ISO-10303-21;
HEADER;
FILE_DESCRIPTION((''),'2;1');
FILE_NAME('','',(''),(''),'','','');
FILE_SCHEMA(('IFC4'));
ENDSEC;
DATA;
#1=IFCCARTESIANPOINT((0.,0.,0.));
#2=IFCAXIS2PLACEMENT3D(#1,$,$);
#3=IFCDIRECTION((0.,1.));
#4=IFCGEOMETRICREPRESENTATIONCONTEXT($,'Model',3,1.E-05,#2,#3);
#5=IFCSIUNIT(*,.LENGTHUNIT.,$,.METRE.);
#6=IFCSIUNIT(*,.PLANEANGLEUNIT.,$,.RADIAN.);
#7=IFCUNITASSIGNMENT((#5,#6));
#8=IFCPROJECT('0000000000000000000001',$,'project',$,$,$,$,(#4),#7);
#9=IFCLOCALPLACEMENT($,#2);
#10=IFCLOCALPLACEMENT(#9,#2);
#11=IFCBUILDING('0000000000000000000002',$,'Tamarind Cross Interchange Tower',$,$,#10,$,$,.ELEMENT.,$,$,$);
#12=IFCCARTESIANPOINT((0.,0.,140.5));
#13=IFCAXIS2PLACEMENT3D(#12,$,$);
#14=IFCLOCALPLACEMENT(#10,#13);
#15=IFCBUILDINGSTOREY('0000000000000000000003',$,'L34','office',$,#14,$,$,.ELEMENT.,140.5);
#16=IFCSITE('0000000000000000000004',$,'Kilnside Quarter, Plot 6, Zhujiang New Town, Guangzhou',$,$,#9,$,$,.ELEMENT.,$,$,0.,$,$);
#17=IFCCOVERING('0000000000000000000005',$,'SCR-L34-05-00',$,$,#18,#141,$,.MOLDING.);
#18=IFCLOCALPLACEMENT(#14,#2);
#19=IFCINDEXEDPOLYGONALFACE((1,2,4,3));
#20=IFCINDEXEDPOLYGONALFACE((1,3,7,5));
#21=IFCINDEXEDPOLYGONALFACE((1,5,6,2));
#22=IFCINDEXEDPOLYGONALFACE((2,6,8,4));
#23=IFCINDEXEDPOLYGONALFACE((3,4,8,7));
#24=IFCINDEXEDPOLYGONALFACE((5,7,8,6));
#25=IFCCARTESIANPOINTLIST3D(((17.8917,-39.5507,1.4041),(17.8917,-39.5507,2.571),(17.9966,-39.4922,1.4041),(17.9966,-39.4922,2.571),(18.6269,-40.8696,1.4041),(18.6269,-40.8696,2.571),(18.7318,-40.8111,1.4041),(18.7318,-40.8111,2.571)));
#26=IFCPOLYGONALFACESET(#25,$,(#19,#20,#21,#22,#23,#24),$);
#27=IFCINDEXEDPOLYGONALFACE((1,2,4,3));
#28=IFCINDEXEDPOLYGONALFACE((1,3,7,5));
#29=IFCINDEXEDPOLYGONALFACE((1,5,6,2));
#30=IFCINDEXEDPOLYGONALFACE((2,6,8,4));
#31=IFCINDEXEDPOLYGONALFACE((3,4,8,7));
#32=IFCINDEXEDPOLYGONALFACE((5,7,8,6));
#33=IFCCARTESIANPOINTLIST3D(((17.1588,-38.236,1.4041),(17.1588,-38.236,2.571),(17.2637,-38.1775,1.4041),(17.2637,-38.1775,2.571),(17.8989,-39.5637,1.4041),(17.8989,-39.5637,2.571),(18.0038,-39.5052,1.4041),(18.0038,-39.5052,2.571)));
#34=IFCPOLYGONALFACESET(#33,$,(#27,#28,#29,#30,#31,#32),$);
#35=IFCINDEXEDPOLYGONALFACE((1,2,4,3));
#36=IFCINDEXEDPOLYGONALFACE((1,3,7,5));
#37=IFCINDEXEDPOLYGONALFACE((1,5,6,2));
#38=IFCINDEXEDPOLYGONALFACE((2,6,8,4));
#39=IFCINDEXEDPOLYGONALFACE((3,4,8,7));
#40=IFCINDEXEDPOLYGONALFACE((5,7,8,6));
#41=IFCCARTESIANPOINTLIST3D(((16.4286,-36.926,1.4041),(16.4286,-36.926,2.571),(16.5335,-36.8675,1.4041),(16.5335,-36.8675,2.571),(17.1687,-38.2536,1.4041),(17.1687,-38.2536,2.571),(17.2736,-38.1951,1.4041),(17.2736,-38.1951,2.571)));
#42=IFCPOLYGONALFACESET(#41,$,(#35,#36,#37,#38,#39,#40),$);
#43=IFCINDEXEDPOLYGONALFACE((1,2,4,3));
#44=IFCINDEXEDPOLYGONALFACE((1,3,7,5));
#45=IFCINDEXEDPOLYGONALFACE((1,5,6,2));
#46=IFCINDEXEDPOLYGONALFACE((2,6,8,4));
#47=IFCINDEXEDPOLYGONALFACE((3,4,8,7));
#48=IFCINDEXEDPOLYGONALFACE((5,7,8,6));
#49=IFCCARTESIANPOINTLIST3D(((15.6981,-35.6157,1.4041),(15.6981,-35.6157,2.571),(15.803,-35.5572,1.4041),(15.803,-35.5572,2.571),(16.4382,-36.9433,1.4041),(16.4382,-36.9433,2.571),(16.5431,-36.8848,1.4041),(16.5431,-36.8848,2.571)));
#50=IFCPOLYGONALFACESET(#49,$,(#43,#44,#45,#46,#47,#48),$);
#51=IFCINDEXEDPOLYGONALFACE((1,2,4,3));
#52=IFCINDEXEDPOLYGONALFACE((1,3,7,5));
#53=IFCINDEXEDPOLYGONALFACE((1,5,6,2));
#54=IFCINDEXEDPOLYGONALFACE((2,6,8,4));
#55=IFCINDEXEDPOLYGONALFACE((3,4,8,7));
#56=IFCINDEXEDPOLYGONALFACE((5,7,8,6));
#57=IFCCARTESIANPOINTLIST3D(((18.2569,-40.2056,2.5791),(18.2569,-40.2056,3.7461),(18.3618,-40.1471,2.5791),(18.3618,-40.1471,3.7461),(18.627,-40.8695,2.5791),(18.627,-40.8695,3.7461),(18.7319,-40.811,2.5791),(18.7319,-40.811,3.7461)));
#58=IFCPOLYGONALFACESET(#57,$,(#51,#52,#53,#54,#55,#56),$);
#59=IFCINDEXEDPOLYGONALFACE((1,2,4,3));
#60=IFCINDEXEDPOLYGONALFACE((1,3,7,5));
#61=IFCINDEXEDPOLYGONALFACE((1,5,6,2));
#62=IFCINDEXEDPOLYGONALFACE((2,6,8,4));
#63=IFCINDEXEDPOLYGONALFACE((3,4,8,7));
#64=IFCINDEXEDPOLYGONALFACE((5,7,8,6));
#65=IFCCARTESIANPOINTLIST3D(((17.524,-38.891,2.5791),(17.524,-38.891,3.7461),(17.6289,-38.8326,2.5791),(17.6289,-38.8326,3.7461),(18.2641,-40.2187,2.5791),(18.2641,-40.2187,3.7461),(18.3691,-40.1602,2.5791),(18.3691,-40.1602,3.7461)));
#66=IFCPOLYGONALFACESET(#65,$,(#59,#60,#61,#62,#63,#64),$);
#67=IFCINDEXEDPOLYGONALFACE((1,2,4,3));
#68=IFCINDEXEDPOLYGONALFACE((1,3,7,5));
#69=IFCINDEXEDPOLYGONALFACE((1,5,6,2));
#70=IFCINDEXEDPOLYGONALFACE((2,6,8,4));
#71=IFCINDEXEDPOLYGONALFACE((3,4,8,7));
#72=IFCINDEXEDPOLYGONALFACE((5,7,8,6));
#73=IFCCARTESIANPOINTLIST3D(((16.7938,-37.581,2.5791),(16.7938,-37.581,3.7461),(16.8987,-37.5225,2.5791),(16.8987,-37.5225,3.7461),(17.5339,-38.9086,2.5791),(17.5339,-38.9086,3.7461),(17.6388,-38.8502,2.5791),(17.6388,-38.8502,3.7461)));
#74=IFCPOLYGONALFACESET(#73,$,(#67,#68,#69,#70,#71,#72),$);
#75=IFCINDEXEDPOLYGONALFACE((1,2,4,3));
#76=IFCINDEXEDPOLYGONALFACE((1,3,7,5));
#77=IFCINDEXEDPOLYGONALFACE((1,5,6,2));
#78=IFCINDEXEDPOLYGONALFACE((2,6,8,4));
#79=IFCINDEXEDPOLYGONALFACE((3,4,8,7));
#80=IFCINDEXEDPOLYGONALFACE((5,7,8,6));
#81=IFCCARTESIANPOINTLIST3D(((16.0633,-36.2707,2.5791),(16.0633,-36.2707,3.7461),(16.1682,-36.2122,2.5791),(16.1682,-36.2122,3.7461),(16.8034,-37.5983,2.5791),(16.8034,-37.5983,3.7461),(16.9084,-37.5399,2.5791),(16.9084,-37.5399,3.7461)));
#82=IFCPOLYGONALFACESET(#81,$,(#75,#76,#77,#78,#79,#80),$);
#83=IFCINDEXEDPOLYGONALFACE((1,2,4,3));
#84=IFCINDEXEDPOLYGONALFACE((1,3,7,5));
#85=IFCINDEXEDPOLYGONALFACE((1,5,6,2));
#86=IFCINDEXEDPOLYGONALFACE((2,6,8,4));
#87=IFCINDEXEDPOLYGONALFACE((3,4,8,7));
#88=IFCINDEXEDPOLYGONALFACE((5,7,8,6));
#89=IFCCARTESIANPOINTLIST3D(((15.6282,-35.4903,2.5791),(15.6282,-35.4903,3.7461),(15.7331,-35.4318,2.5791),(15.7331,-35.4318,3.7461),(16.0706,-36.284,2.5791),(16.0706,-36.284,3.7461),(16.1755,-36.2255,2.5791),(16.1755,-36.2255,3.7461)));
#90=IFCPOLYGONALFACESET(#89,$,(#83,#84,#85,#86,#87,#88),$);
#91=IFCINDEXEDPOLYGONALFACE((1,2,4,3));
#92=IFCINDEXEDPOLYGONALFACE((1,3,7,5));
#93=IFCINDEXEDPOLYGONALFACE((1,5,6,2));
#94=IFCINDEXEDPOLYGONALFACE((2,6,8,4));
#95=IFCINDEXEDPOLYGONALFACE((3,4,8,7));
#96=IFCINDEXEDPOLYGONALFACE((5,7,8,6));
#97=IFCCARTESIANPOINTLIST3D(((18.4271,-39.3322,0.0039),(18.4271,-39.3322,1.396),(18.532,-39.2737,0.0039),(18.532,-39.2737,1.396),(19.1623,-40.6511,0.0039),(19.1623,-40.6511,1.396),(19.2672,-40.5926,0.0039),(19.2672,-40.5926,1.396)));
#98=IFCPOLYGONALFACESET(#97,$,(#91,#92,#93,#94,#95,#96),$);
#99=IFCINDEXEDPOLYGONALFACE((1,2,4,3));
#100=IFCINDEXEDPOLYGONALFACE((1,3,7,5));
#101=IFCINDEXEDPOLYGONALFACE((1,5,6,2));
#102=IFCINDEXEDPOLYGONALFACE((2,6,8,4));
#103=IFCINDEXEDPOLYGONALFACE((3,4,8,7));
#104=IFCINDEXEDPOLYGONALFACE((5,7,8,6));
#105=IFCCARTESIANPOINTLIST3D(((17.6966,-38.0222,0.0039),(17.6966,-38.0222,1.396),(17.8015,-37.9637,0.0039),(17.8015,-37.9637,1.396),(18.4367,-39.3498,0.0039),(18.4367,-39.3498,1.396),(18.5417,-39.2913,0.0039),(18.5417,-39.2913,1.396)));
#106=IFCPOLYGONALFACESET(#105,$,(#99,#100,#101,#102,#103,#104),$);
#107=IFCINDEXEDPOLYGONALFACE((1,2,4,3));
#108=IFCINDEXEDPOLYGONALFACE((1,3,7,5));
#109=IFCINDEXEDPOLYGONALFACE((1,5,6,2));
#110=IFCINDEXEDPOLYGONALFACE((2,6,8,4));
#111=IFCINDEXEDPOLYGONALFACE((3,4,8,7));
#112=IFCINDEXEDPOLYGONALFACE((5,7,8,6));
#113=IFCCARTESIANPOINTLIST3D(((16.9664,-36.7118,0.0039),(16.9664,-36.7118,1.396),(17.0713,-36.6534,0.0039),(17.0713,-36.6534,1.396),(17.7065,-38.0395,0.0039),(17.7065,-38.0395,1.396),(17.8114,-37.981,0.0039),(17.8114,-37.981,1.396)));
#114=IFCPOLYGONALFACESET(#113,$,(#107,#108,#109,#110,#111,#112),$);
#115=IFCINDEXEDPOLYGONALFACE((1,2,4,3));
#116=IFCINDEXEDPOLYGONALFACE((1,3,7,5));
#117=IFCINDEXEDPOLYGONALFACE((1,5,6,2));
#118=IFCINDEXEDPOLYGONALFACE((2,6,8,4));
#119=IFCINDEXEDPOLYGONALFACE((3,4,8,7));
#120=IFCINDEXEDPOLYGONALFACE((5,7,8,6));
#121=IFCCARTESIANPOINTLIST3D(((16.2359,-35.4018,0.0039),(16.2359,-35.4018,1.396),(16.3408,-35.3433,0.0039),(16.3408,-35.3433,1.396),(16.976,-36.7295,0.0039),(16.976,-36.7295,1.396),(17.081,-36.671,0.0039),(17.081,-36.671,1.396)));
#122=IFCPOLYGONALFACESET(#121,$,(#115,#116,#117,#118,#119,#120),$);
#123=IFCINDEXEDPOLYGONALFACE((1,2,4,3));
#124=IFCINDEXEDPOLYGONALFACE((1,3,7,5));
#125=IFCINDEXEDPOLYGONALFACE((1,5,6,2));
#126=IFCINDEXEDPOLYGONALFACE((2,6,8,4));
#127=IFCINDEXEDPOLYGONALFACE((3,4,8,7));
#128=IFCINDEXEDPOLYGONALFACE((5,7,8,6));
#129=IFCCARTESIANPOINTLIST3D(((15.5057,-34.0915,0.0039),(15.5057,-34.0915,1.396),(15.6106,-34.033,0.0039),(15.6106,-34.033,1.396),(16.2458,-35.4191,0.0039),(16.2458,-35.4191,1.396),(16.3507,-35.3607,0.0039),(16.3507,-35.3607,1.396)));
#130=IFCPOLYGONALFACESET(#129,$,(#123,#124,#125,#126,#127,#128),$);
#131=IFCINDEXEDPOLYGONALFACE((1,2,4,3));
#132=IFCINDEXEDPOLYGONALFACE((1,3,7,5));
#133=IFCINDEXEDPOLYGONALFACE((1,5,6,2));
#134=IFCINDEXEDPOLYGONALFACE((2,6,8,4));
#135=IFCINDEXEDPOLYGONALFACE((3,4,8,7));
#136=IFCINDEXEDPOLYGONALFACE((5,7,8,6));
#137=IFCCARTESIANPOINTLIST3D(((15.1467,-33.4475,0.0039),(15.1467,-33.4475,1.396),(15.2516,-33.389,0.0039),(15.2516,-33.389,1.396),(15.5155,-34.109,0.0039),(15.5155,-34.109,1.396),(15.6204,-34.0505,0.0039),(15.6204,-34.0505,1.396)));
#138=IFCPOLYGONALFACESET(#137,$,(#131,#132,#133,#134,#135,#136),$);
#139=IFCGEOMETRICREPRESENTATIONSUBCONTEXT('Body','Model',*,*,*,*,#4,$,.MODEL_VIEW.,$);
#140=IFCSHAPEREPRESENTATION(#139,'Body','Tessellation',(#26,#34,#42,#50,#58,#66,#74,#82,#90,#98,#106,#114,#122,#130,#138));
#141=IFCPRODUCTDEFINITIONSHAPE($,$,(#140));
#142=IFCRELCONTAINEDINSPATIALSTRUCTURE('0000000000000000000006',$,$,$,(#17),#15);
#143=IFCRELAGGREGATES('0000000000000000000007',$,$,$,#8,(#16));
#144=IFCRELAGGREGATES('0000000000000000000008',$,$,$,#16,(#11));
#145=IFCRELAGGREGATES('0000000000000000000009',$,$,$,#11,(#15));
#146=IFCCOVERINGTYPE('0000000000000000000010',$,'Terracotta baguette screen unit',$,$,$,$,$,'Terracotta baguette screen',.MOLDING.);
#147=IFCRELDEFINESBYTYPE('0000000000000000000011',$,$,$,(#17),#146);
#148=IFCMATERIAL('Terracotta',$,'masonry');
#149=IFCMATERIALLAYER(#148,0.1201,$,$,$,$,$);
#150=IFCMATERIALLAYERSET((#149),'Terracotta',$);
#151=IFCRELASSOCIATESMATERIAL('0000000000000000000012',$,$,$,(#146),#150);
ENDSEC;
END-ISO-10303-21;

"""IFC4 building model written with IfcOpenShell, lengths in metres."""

from ifc_helpers import new_model, si_unit, direction, frame, origin, origin_2d, place, context, subcontext, project, spatial, rectangle, extrude, material, layer, layer_set, type_object, element, save


model = new_model("IFC4")

# Units and contexts
model_context = context("Model", 3, precision=1e-05, world=origin(), true_north=direction((0.0, 1.0)))
body_context = subcontext(model_context, "Body", "Model", "MODEL_VIEW")
ifc_project = project(units=[si_unit("LENGTHUNIT", "METRE"), si_unit("PLANEANGLEUNIT", "RADIAN")], contexts=[model_context])

# Site, building, storey
site_placement = place(None, origin())
site = spatial("IfcSite", under=ifc_project, at=site_placement, Name="Kilnside Quarter, Plot 6, Zhujiang New Town, Guangzhou", CompositionType="ELEMENT", RefElevation=0.0)
building_placement = place(site_placement, origin())
building = spatial("IfcBuilding", under=site, at=building_placement, Name="Tamarind Cross Interchange Tower", CompositionType="ELEMENT")
storey_placement = place(building_placement, frame((0.0, 0.0, 140.5)))
storey = spatial("IfcBuildingStorey", under=building, at=storey_placement, Name="L34", Description="office", CompositionType="ELEMENT", Elevation=140.5)

# Covering
ifc_material_1 = material(Name="Terracotta", Category="masonry")
ifc_layer_1 = layer(ifc_material_1, 0.1201)
ifc_layer_set_1 = layer_set([ifc_layer_1], Name="Terracotta")
covering_type = type_object("IfcCoveringType", Name="Terracotta baguette screen unit", ElementType="Terracotta baguette screen", PredefinedType="MOLDING", material=ifc_layer_set_1)
covering_1_placement = place(storey_placement, origin())
element("IfcCovering", 1, at=covering_1_placement, inside=storey, type_object=covering_type, Name="SCR-L34-05-00", PredefinedType="MOLDING", context=body_context, shape_type="SweptSolid", body=[
    extrude(rectangle(XDim=1.51, YDim=0.1201, at=origin_2d()), frame((18.3118, -40.1809, 1.4041), z_axis=(0.0, 0.0, 1.0), x_axis=(-0.486915, 0.87345, 0.0)), (0.0, 0.0, 1.0), 1.167),
    extrude(rectangle(XDim=1.52, YDim=0.1201, at=origin_2d()), frame((17.5813, -38.8706, 1.4041), z_axis=(0.0, 0.0, 1.0), x_axis=(-0.486915, 0.87345, 0.0)), (0.0, 0.0, 1.0), 1.167),
    extrude(rectangle(XDim=1.52, YDim=0.1201, at=origin_2d()), frame((16.8511, -37.5605, 1.4041), z_axis=(0.0, 0.0, 1.0), x_axis=(-0.486915, 0.87345, 0.0)), (0.0, 0.0, 1.0), 1.167),
    extrude(rectangle(XDim=1.52, YDim=0.1201, at=origin_2d()), frame((16.1206, -36.2502, 1.4041), z_axis=(0.0, 0.0, 1.0), x_axis=(-0.486915, 0.87345, 0.0)), (0.0, 0.0, 1.0), 1.167),
    extrude(rectangle(XDim=0.76, YDim=0.1201, at=origin_2d()), frame((18.4944, -40.5083, 2.5791), z_axis=(0.0, 0.0, 1.0), x_axis=(-0.486915, 0.87345, 0.0)), (0.0, 0.0, 1.0), 1.167),
    extrude(rectangle(XDim=1.52, YDim=0.1201, at=origin_2d()), frame((17.9465, -39.5256, 2.5791), z_axis=(0.0, 0.0, 1.0), x_axis=(-0.486915, 0.87345, 0.0)), (0.0, 0.0, 1.0), 1.167),
    extrude(rectangle(XDim=1.52, YDim=0.1201, at=origin_2d()), frame((17.2163, -38.2156, 2.5791), z_axis=(0.0, 0.0, 1.0), x_axis=(-0.486915, 0.87345, 0.0)), (0.0, 0.0, 1.0), 1.167),
    extrude(rectangle(XDim=1.52, YDim=0.1201, at=origin_2d()), frame((16.4858, -36.9053, 2.5791), z_axis=(0.0, 0.0, 1.0), x_axis=(-0.486915, 0.87345, 0.0)), (0.0, 0.0, 1.0), 1.167),
    extrude(rectangle(XDim=0.9087, YDim=0.1201, at=origin_2d()), frame((15.9019, -35.8579, 2.5791), z_axis=(0.0, 0.0, 1.0), x_axis=(-0.486915, 0.87345, 0.0)), (0.0, 0.0, 1.0), 1.167),
    extrude(rectangle(XDim=1.51, YDim=0.1201, at=origin_2d()), frame((18.8472, -39.9624, 0.0039), z_axis=(0.0, 0.0, 1.0), x_axis=(-0.486915, 0.87345, 0.0)), (0.0, 0.0, 1.0), 1.3921),
    extrude(rectangle(XDim=1.52, YDim=0.1201, at=origin_2d()), frame((18.1191, -38.6567, 0.0039), z_axis=(0.0, 0.0, 1.0), x_axis=(-0.486915, 0.87345, 0.0)), (0.0, 0.0, 1.0), 1.3921),
    extrude(rectangle(XDim=1.52, YDim=0.1201, at=origin_2d()), frame((17.3889, -37.3464, 0.0039), z_axis=(0.0, 0.0, 1.0), x_axis=(-0.486915, 0.87345, 0.0)), (0.0, 0.0, 1.0), 1.3921),
    extrude(rectangle(XDim=1.52, YDim=0.1201, at=origin_2d()), frame((16.6584, -36.0364, 0.0039), z_axis=(0.0, 0.0, 1.0), x_axis=(-0.486915, 0.87345, 0.0)), (0.0, 0.0, 1.0), 1.3921),
    extrude(rectangle(XDim=1.52, YDim=0.1201, at=origin_2d()), frame((15.9282, -34.7261, 0.0039), z_axis=(0.0, 0.0, 1.0), x_axis=(-0.486915, 0.87345, 0.0)), (0.0, 0.0, 1.0), 1.3921),
    extrude(rectangle(XDim=0.7573, YDim=0.1201, at=origin_2d()), frame((15.3835, -33.749, 0.0039), z_axis=(0.0, 0.0, 1.0), x_axis=(-0.486915, 0.87345, 0.0)), (0.0, 0.0, 1.0), 1.3921),
])

save(model, "model.ifc")
